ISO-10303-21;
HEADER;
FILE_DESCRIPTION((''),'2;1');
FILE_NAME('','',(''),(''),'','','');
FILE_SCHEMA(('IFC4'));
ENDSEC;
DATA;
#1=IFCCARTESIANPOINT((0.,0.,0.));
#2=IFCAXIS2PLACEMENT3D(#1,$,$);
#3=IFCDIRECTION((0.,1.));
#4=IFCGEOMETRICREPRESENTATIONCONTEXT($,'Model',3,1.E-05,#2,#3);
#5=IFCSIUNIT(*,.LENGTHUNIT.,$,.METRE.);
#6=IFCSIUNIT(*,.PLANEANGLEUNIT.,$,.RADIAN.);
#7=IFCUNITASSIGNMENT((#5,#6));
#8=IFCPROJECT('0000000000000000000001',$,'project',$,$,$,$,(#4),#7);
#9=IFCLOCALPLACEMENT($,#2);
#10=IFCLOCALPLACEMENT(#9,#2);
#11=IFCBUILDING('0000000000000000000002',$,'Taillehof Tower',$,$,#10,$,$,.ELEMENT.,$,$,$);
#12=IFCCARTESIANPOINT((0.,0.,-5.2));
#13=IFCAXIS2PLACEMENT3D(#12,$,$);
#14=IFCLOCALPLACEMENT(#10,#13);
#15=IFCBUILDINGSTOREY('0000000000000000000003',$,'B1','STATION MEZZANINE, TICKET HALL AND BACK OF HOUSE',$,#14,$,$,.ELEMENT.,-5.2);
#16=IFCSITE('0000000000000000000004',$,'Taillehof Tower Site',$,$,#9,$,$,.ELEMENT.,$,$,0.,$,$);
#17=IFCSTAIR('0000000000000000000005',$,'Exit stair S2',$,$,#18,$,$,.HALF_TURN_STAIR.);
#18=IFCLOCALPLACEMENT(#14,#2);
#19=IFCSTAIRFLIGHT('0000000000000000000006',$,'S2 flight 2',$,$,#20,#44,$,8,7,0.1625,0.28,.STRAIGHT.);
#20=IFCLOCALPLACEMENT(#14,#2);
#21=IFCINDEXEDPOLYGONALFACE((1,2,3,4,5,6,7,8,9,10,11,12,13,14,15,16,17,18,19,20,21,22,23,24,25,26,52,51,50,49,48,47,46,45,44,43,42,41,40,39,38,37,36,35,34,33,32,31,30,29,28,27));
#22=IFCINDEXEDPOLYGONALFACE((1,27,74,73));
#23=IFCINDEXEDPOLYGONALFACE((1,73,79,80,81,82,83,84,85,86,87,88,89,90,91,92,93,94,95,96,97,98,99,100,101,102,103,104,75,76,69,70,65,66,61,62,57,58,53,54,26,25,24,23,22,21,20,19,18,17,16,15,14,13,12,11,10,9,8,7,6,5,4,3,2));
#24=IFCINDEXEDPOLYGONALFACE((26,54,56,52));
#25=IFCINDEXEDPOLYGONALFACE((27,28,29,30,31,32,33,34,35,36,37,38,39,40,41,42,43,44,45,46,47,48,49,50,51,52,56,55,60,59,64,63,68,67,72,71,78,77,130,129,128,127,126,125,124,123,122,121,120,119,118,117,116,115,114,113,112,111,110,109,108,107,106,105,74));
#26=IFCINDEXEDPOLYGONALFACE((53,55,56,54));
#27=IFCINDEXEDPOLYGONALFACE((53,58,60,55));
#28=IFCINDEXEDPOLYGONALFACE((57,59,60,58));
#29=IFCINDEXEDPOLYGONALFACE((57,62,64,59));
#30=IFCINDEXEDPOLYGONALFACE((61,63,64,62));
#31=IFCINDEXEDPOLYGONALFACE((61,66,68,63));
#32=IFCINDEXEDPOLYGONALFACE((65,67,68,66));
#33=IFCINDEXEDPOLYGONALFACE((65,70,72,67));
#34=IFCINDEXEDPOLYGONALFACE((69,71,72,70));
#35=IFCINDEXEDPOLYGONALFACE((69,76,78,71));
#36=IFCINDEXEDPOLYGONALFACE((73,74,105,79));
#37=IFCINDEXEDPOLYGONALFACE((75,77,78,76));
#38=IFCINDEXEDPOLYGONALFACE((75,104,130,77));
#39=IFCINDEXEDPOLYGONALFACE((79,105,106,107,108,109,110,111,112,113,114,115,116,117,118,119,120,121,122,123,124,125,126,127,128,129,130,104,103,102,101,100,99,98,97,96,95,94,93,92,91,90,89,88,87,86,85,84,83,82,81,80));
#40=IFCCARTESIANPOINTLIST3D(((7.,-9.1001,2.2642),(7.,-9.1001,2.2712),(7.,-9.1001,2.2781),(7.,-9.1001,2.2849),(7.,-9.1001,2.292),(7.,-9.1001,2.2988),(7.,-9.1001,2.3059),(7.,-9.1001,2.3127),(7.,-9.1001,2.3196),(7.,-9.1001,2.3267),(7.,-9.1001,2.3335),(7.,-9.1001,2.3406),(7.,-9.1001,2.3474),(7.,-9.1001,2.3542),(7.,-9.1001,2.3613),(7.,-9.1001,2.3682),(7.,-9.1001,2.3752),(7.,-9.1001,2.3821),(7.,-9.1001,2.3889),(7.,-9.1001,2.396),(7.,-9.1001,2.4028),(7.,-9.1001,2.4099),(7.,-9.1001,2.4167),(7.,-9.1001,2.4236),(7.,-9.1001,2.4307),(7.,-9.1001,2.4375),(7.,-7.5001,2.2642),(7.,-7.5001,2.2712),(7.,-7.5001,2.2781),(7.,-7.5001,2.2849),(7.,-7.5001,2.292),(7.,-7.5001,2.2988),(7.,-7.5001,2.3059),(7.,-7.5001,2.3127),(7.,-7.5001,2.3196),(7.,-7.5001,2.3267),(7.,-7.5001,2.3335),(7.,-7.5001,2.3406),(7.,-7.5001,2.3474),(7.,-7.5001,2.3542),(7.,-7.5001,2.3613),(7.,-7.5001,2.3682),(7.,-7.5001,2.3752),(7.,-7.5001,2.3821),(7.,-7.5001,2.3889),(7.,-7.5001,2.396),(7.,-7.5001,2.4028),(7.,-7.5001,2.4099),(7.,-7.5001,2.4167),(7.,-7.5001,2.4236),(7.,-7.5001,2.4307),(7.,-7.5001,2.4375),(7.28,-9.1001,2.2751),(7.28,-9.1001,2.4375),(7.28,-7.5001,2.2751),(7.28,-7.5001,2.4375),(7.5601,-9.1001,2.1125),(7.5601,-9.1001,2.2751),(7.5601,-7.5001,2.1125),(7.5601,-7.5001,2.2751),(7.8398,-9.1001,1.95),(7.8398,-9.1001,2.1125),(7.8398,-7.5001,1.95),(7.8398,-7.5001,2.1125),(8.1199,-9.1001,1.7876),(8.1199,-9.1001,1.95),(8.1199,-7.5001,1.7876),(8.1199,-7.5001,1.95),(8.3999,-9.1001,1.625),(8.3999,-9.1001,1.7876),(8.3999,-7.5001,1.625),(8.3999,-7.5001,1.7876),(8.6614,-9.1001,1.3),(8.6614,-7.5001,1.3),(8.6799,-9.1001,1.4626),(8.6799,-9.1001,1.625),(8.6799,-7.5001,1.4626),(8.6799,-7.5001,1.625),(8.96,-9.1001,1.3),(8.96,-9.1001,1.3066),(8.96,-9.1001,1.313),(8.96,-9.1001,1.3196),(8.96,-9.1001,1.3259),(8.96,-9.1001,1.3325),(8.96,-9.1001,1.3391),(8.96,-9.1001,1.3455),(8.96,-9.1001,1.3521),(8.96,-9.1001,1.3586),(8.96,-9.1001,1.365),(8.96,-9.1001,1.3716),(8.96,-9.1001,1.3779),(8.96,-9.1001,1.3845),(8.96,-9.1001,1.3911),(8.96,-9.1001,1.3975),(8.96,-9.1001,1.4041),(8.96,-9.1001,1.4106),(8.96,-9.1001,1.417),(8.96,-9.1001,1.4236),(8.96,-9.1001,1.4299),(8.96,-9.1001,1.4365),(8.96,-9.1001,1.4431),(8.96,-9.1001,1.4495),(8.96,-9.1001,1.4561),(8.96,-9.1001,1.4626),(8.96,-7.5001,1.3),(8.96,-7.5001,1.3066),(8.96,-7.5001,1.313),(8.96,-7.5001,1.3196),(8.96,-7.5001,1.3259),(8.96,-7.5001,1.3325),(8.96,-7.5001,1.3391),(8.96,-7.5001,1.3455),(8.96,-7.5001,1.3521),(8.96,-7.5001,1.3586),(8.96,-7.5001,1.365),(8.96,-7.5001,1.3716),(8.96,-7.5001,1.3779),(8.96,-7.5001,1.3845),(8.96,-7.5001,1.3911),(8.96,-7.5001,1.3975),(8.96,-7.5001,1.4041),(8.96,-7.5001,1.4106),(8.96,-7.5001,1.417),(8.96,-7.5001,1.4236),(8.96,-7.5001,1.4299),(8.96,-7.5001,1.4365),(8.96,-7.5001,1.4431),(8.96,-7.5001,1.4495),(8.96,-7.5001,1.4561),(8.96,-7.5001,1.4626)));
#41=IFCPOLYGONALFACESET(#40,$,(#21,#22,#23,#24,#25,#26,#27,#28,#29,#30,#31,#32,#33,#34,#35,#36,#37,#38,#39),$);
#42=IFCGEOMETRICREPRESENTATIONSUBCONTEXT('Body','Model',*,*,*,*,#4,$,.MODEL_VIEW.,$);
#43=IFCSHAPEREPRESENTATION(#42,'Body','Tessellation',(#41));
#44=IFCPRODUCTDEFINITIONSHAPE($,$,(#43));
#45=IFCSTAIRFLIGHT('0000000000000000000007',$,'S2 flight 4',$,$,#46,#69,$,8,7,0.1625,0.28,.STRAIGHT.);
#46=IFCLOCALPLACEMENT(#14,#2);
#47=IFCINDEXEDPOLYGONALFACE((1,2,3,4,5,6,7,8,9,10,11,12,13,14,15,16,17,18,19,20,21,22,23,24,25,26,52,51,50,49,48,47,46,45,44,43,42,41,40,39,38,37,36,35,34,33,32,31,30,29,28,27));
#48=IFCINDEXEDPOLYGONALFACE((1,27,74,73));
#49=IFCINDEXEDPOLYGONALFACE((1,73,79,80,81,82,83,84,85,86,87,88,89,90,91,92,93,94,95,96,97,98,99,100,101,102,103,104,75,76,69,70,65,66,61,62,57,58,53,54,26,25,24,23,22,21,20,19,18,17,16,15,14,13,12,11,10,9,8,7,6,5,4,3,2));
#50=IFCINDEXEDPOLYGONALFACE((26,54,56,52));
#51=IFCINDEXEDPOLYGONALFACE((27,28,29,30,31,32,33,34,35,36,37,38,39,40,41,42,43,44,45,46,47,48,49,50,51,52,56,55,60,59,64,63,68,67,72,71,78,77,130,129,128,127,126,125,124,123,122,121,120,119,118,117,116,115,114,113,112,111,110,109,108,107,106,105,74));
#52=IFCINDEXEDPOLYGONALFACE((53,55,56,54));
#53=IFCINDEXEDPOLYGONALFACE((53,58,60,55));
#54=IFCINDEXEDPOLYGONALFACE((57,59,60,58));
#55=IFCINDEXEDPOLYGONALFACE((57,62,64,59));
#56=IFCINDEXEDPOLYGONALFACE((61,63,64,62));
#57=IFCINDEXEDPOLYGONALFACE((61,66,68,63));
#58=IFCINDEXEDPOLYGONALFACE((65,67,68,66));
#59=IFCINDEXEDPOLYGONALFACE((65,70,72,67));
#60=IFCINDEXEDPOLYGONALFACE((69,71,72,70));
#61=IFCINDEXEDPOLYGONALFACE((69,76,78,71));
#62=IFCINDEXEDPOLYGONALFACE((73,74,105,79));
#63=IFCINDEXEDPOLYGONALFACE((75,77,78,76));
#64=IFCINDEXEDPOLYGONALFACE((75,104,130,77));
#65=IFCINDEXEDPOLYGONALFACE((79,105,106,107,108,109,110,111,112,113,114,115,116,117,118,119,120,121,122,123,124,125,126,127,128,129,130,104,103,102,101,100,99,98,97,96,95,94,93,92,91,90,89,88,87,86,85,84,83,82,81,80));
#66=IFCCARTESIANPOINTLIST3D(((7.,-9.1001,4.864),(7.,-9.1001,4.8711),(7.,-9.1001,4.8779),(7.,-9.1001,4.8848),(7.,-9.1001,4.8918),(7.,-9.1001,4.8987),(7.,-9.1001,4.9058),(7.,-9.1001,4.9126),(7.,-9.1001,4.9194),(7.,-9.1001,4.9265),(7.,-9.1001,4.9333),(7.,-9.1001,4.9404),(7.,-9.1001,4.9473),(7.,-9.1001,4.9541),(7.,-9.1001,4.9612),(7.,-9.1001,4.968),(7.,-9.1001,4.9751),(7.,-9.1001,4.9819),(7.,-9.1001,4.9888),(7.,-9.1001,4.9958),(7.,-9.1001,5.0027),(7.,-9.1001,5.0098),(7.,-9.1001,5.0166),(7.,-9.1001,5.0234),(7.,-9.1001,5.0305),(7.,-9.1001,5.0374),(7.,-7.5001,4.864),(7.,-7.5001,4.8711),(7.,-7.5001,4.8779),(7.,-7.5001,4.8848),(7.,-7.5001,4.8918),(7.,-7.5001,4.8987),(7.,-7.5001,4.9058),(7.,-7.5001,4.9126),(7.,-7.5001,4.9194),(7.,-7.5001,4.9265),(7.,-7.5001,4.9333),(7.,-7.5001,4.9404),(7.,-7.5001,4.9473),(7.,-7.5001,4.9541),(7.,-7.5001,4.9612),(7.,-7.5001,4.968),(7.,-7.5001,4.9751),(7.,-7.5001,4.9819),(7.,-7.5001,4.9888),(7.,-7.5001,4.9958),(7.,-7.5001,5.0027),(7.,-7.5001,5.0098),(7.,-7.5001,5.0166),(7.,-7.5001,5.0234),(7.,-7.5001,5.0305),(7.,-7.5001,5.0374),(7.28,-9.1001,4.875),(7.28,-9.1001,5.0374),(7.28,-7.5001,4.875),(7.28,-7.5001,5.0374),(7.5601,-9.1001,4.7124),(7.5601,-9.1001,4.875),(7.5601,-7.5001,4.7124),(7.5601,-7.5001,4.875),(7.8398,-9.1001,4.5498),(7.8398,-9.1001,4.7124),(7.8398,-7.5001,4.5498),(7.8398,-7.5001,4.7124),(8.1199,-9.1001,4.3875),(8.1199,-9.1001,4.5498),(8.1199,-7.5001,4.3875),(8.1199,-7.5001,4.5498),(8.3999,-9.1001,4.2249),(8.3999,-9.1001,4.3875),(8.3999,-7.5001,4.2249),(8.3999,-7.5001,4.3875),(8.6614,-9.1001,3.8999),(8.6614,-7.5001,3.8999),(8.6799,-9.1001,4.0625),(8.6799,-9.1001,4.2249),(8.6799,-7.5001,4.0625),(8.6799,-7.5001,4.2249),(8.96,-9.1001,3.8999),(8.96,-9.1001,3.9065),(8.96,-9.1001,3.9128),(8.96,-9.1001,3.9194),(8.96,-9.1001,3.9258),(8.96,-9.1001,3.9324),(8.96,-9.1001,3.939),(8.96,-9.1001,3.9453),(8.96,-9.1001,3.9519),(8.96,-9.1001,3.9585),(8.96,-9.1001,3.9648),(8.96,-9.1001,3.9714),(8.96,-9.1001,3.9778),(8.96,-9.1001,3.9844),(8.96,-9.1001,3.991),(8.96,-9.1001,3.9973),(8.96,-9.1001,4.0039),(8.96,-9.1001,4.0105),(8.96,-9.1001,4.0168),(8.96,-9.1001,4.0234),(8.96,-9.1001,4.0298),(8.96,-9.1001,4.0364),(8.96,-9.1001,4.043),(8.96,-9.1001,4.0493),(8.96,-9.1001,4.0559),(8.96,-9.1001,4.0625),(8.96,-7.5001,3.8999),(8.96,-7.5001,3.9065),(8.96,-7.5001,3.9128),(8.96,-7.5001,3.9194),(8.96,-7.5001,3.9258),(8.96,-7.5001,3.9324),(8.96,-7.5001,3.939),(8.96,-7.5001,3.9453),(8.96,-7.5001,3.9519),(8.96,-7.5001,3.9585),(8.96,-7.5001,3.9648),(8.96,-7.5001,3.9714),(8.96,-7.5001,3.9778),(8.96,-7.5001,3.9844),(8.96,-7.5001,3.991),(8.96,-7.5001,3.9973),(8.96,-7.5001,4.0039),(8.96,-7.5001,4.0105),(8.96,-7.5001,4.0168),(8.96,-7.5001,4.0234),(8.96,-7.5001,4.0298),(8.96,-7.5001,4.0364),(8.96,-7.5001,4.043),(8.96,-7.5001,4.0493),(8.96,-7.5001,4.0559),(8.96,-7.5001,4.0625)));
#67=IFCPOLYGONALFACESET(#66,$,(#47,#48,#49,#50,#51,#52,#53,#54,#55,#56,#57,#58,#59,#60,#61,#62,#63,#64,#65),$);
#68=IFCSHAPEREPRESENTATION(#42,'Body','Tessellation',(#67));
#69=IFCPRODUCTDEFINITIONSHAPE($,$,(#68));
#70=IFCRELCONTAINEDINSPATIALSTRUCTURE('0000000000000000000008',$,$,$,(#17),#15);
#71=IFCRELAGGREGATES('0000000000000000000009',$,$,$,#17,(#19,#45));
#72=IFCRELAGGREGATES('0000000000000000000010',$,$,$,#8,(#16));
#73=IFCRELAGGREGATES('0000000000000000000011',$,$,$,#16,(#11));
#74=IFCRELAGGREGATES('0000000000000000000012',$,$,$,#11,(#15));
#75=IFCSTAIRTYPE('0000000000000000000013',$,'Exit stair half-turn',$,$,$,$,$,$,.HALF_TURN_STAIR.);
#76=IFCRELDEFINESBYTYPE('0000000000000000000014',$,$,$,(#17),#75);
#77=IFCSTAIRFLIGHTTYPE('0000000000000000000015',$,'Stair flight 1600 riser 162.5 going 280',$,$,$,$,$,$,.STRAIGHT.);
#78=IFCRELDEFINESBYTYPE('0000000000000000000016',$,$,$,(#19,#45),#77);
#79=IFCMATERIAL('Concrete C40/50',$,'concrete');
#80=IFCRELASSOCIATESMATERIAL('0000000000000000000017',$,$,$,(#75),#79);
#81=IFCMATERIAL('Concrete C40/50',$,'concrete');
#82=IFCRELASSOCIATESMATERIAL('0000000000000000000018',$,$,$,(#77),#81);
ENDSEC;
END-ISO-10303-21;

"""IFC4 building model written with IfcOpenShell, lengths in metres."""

from ifc_helpers import new_model, si_unit, direction, frame, origin, place, context, subcontext, project, spatial, polyline, outline, extrude, material, type_object, element, aggregate, save


model = new_model("IFC4")

# Units and contexts
model_context = context("Model", 3, precision=1e-05, world=origin(), true_north=direction((0.0, 1.0)))
body_context = subcontext(model_context, "Body", "Model", "MODEL_VIEW")
ifc_project = project(units=[si_unit("LENGTHUNIT", "METRE"), si_unit("PLANEANGLEUNIT", "RADIAN")], contexts=[model_context])

# Site, building, storey
site_placement = place(None, origin())
site = spatial("IfcSite", under=ifc_project, at=site_placement, Name="Taillehof Tower Site", CompositionType="ELEMENT", RefElevation=0.0)
building_placement = place(site_placement, origin())
building = spatial("IfcBuilding", under=site, at=building_placement, Name="Taillehof Tower", CompositionType="ELEMENT")
storey_placement = place(building_placement, frame((0.0, 0.0, -5.2)))
storey = spatial("IfcBuildingStorey", under=building, at=storey_placement, Name="B1", Description="STATION MEZZANINE, TICKET HALL AND BACK OF HOUSE", CompositionType="ELEMENT", Elevation=-5.2)

# Stair, stair flights
ifc_material_1 = material(Name="Concrete C40/50", Category="concrete")
stair_type = type_object("IfcStairType", Name="Exit stair half-turn", PredefinedType="HALF_TURN_STAIR", material=ifc_material_1)
stair_placement = place(storey_placement, origin())
stair = element("IfcStair", 1, at=stair_placement, inside=storey, type_object=stair_type, Name="Exit stair S2", PredefinedType="HALF_TURN_STAIR")
ifc_material_2 = material(Name="Concrete C40/50", Category="concrete")
stair_flight_type = type_object("IfcStairFlightType", Name="Stair flight 1600 riser 162.5 going 280", PredefinedType="STRAIGHT", material=ifc_material_2)
stair_flight_1_placement = place(storey_placement, frame((8.96, -8.3, 1.3), z_axis=(0.0, 0.0, 1.0), x_axis=(-1.0, 0.0, 0.0)))
stair_flight_1 = element("IfcStairFlight", 2, at=stair_flight_1_placement, type_object=stair_flight_type, Name="S2 flight 2", NumberOfRisers=8, NumberOfTreads=7, PredefinedType="STRAIGHT", RiserHeight=0.1625, TreadLength=0.28, context=body_context, shape_type="SweptSolid", body=[
    extrude(outline(polyline([(0.0, 0.0), (0.0, 0.0066), (0.0, 0.0129), (0.0, 0.0195), (0.0, 0.0259), (0.0, 0.0325), (0.0, 0.0391), (0.0, 0.0454), (0.0, 0.052), (0.0, 0.0586), (0.0, 0.0649), (0.0, 0.0715), (0.0, 0.0779), (0.0, 0.0845), (0.0, 0.0911), (0.0, 0.0974), (0.0, 0.104), (0.0, 0.1106), (0.0, 0.1169), (0.0, 0.1235), (0.0, 0.1299), (0.0, 0.1365), (0.0, 0.1431), (0.0, 0.1494), (0.0, 0.156), (0.0, 0.1626), (0.28, 0.1626), (0.28, 0.325), (0.5601, 0.325), (0.5601, 0.4875), (0.8401, 0.4875), (0.8401, 0.6499), (1.1201, 0.6499), (1.1201, 0.8125), (1.3999, 0.8125), (1.3999, 0.9751), (1.6799, 0.9751), (1.6799, 1.1375), (1.96, 1.1375), (1.96, 1.1306), (1.96, 1.1235), (1.96, 1.1167), (1.96, 1.1099), (1.96, 1.1028), (1.96, 1.0959), (1.96, 1.0889), (1.96, 1.082), (1.96, 1.0752), (1.96, 1.0681), (1.96, 1.0613), (1.96, 1.0542), (1.96, 1.0474), (1.96, 1.0405), (1.96, 1.0334), (1.96, 1.0266), (1.96, 1.0195), (1.96, 1.0127), (1.96, 1.0059), (1.96, 0.9988), (1.96, 0.9919), (1.96, 0.9849), (1.96, 0.978), (1.96, 0.9712), (1.96, 0.9641), (0.2986, 0.0), (0.0, 0.0)])), frame((0.0, 0.8, 0.0), z_axis=(0.0, -1.0, 0.0), x_axis=(1.0, 0.0, 0.0)), (0.0, 0.0, 1.0), 1.6),
])
stair_flight_2_placement = place(storey_placement, frame((8.96, -8.3, 3.8999), z_axis=(0.0, 0.0, 1.0), x_axis=(-1.0, 0.0, 0.0)))
stair_flight_2 = element("IfcStairFlight", 3, at=stair_flight_2_placement, type_object=stair_flight_type, Name="S2 flight 4", NumberOfRisers=8, NumberOfTreads=7, PredefinedType="STRAIGHT", RiserHeight=0.1625, TreadLength=0.28, context=body_context, shape_type="SweptSolid", body=[
    extrude(outline(polyline([(0.0, 0.0), (0.0, 0.0066), (0.0, 0.0129), (0.0, 0.0195), (0.0, 0.0259), (0.0, 0.0325), (0.0, 0.0391), (0.0, 0.0454), (0.0, 0.052), (0.0, 0.0586), (0.0, 0.0649), (0.0, 0.0715), (0.0, 0.0779), (0.0, 0.0845), (0.0, 0.0911), (0.0, 0.0974), (0.0, 0.104), (0.0, 0.1106), (0.0, 0.1169), (0.0, 0.1235), (0.0, 0.1299), (0.0, 0.1365), (0.0, 0.1431), (0.0, 0.1494), (0.0, 0.156), (0.0, 0.1626), (0.28, 0.1626), (0.28, 0.325), (0.5601, 0.325), (0.5601, 0.4875), (0.8401, 0.4875), (0.8401, 0.6499), (1.1201, 0.6499), (1.1201, 0.8125), (1.3999, 0.8125), (1.3999, 0.9751), (1.6799, 0.9751), (1.6799, 1.1375), (1.96, 1.1375), (1.96, 1.1306), (1.96, 1.1235), (1.96, 1.1167), (1.96, 1.1099), (1.96, 1.1028), (1.96, 1.0959), (1.96, 1.0889), (1.96, 1.082), (1.96, 1.0752), (1.96, 1.0681), (1.96, 1.0613), (1.96, 1.0542), (1.96, 1.0474), (1.96, 1.0405), (1.96, 1.0334), (1.96, 1.0266), (1.96, 1.0195), (1.96, 1.0127), (1.96, 1.0059), (1.96, 0.9988), (1.96, 0.9919), (1.96, 0.9849), (1.96, 0.978), (1.96, 0.9712), (1.96, 0.9641), (0.2986, 0.0), (0.0, 0.0)])), frame((0.0, 0.8, 0.0), z_axis=(0.0, -1.0, 0.0), x_axis=(1.0, 0.0, 0.0)), (0.0, 0.0, 1.0), 1.6),
])
aggregate(stair, [stair_flight_1, stair_flight_2])

save(model, "model.ifc")
